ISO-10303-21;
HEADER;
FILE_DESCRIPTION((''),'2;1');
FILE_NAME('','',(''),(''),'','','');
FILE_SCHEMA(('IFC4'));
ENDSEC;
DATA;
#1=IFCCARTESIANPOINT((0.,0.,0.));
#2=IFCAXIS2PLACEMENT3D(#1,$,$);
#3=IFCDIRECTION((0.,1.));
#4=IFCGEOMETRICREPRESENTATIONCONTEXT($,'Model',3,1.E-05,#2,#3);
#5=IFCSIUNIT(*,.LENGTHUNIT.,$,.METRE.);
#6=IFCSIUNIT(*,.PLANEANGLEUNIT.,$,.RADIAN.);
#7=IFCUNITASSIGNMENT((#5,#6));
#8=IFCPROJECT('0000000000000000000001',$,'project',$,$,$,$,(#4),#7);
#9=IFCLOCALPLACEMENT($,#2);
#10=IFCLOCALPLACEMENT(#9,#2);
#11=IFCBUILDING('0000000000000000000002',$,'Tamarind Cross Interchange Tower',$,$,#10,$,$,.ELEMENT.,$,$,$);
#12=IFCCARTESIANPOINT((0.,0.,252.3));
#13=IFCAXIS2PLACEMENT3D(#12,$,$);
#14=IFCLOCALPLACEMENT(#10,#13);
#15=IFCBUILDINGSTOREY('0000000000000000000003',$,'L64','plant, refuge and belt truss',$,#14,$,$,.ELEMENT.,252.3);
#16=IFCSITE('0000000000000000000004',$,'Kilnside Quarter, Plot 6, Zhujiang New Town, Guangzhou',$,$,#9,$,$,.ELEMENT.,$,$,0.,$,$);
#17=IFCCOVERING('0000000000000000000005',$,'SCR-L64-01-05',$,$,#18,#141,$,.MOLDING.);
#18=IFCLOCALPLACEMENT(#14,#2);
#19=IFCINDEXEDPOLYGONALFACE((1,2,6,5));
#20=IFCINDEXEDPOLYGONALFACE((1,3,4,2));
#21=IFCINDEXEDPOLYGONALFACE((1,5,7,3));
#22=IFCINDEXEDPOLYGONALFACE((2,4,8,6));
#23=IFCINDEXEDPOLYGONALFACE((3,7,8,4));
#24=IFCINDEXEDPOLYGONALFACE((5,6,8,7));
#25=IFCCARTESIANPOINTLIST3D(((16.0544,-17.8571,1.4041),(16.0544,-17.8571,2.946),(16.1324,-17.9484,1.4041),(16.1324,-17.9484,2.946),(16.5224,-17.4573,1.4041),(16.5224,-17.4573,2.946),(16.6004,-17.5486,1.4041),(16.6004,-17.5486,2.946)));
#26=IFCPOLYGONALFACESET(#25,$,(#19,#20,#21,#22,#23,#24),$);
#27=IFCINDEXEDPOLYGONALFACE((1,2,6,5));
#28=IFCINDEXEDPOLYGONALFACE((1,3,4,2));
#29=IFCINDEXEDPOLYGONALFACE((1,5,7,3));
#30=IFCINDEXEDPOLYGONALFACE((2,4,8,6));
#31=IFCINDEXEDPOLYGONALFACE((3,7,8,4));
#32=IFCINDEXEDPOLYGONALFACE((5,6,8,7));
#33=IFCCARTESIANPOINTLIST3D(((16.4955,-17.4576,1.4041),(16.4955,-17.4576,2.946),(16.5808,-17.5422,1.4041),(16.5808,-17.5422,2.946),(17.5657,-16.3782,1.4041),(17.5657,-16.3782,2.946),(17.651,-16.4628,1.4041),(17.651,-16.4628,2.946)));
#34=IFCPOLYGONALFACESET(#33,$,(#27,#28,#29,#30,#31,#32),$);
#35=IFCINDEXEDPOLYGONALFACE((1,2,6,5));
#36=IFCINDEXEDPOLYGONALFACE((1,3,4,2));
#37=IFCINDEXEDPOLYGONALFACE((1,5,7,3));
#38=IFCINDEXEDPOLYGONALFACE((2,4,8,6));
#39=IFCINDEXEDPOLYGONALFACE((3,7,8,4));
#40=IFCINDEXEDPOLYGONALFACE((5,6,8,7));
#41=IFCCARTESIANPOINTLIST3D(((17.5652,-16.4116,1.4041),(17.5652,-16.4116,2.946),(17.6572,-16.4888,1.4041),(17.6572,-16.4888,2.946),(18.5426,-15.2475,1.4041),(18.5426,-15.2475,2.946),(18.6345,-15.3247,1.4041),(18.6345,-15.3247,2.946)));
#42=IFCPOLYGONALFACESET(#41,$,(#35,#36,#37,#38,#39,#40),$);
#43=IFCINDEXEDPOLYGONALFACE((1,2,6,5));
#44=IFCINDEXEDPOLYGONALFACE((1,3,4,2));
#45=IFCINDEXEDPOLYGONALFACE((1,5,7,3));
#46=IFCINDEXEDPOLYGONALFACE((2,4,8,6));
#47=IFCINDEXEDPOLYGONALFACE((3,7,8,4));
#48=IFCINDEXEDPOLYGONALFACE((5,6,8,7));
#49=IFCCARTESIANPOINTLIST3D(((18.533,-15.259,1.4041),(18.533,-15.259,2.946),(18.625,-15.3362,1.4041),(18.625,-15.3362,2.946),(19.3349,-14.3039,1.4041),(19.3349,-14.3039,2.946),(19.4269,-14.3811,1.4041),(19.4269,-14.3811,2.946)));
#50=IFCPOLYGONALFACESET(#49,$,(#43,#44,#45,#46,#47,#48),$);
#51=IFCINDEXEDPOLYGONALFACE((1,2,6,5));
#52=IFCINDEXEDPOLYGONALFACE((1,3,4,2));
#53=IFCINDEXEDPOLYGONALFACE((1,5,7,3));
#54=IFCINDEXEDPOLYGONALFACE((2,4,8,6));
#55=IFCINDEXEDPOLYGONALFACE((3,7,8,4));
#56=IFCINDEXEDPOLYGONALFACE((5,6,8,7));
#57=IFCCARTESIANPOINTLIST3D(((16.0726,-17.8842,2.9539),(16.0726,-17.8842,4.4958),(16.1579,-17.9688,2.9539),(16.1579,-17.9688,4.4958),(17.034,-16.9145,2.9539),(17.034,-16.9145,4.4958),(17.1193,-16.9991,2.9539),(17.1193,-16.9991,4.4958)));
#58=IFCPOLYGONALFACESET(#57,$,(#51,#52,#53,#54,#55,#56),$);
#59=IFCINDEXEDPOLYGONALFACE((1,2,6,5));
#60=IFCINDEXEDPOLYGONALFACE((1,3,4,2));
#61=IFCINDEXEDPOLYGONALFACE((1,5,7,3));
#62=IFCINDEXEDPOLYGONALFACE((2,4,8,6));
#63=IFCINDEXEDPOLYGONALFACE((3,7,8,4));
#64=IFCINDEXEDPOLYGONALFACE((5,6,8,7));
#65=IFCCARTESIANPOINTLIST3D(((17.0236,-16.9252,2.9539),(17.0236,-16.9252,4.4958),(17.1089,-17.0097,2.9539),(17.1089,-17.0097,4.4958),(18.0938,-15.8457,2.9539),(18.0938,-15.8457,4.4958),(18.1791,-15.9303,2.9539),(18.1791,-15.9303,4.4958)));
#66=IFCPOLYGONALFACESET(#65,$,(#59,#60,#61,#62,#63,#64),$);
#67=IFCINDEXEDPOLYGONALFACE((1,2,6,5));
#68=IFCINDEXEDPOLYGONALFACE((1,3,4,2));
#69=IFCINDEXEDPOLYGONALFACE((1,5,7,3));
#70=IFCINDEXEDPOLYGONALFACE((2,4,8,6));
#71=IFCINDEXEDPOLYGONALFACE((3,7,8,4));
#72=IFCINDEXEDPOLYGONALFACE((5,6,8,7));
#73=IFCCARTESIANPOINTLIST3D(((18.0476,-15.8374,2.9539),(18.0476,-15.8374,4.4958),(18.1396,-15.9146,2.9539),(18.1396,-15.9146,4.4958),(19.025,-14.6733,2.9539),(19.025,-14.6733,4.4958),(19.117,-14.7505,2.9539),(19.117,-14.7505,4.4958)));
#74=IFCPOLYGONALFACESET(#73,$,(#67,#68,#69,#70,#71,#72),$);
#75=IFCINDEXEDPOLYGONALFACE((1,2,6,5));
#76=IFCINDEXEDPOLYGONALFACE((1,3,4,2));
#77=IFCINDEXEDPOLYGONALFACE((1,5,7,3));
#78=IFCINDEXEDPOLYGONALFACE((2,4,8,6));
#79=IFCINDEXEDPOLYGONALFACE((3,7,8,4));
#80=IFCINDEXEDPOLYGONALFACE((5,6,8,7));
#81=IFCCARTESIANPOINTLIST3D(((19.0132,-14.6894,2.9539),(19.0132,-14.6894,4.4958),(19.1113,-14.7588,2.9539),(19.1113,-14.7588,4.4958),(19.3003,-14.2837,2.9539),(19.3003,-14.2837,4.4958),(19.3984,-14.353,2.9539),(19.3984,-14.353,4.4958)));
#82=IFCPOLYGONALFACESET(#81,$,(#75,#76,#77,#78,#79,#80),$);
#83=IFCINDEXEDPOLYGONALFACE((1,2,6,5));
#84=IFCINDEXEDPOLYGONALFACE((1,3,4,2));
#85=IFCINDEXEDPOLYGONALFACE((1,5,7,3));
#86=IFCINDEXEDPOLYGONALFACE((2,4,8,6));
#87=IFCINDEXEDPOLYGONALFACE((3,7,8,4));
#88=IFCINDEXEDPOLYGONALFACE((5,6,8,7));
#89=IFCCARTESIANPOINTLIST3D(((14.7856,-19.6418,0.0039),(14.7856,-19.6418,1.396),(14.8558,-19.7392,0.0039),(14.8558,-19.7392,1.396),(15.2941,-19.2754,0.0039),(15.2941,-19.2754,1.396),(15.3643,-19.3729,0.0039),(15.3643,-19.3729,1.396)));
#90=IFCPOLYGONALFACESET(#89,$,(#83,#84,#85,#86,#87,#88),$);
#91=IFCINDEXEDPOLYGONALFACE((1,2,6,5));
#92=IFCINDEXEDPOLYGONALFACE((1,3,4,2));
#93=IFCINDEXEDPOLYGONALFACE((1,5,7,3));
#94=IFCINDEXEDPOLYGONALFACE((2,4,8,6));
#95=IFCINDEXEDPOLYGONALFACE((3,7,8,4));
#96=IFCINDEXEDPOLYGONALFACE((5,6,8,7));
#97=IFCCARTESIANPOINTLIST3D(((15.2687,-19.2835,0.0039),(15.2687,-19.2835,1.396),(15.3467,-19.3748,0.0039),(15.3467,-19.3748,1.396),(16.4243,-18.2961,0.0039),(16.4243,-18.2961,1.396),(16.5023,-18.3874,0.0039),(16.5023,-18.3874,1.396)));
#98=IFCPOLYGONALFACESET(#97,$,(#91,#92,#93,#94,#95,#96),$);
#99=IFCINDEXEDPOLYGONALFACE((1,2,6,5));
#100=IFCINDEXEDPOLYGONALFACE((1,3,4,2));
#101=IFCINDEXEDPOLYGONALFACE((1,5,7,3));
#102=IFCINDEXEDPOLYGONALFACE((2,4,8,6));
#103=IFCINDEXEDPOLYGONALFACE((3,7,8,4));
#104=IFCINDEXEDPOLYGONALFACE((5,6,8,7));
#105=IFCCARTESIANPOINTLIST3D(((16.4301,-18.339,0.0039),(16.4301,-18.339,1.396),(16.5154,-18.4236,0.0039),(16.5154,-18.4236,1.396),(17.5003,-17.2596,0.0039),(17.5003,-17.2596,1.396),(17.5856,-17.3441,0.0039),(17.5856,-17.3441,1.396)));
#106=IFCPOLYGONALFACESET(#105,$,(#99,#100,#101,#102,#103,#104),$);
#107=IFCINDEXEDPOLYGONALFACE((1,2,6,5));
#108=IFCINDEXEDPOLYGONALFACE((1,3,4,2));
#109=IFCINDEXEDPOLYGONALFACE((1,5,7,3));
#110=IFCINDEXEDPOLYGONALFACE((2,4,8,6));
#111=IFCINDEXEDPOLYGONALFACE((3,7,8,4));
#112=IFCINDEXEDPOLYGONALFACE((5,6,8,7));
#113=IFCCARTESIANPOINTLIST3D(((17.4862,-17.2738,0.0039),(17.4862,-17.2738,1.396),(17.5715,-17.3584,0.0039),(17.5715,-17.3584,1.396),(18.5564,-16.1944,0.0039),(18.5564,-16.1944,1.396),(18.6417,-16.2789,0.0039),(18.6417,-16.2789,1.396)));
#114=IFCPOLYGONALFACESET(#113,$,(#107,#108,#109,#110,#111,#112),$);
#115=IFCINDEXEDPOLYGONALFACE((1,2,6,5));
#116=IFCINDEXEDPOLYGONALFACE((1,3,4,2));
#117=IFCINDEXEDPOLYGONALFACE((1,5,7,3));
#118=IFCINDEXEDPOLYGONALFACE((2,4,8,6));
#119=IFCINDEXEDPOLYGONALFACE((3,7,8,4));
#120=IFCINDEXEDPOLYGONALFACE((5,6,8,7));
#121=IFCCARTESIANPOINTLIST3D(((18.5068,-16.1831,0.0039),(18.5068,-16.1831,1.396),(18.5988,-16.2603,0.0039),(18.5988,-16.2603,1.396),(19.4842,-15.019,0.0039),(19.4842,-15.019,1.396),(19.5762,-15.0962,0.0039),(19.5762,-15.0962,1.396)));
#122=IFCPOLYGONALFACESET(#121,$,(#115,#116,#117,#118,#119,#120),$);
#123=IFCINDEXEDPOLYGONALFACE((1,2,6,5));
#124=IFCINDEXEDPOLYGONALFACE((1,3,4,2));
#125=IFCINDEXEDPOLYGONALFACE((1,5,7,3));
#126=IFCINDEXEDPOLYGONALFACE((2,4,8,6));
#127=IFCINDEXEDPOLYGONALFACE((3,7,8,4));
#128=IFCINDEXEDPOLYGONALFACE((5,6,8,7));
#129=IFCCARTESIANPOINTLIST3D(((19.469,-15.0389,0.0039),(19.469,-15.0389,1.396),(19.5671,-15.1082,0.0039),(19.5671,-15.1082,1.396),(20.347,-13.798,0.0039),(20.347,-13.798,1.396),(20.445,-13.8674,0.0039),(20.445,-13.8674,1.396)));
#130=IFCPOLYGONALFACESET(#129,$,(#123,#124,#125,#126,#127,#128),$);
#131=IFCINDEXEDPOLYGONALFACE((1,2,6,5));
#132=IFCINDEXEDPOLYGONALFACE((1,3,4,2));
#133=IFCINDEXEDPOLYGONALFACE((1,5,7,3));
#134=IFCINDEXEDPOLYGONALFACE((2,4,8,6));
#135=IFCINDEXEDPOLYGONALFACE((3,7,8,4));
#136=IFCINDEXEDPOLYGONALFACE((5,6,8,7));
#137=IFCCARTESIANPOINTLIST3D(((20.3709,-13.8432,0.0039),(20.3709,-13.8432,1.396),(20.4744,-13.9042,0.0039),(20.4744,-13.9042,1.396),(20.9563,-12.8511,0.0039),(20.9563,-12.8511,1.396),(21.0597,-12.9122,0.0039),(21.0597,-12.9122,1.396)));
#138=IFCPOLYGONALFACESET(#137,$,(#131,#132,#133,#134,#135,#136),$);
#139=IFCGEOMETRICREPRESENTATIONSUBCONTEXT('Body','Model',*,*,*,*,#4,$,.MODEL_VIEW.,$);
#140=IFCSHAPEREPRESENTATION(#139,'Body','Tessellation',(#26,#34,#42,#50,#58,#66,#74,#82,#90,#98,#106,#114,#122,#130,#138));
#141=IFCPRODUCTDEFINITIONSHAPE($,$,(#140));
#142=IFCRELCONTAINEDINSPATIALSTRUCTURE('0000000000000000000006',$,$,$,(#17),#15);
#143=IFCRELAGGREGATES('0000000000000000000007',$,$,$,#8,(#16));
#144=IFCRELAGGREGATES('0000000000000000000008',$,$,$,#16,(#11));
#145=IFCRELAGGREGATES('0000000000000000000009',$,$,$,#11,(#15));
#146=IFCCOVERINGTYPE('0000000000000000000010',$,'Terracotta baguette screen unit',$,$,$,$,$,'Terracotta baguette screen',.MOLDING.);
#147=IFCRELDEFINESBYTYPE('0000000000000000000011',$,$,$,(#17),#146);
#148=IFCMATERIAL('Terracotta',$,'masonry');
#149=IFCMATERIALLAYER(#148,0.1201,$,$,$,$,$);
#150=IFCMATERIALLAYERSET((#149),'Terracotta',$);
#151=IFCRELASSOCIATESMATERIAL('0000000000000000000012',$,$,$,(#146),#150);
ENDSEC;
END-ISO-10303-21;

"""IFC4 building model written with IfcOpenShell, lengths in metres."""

from ifc_helpers import new_model, si_unit, direction, frame, origin, origin_2d, place, context, subcontext, project, spatial, rectangle, extrude, material, layer, layer_set, type_object, element, save


model = new_model("IFC4")

# Units and contexts
model_context = context("Model", 3, precision=1e-05, world=origin(), true_north=direction((0.0, 1.0)))
body_context = subcontext(model_context, "Body", "Model", "MODEL_VIEW")
ifc_project = project(units=[si_unit("LENGTHUNIT", "METRE"), si_unit("PLANEANGLEUNIT", "RADIAN")], contexts=[model_context])

# Site, building, storey
site_placement = place(None, origin())
site = spatial("IfcSite", under=ifc_project, at=site_placement, Name="Kilnside Quarter, Plot 6, Zhujiang New Town, Guangzhou", CompositionType="ELEMENT", RefElevation=0.0)
building_placement = place(site_placement, origin())
building = spatial("IfcBuilding", under=site, at=building_placement, Name="Tamarind Cross Interchange Tower", CompositionType="ELEMENT")
storey_placement = place(building_placement, frame((0.0, 0.0, 252.3)))
storey = spatial("IfcBuildingStorey", under=building, at=storey_placement, Name="L64", Description="plant, refuge and belt truss", CompositionType="ELEMENT", Elevation=252.3)

# Covering
ifc_material_1 = material(Name="Terracotta", Category="masonry")
ifc_layer_1 = layer(ifc_material_1, 0.1201)
ifc_layer_set_1 = layer_set([ifc_layer_1], Name="Terracotta")
covering_type = type_object("IfcCoveringType", Name="Terracotta baguette screen unit", ElementType="Terracotta baguette screen", PredefinedType="MOLDING", material=ifc_layer_set_1)
covering_1_placement = place(storey_placement, origin())
element("IfcCovering", 1, at=covering_1_placement, inside=storey, type_object=covering_type, Name="SCR-L64-01-05", PredefinedType="MOLDING", context=body_context, shape_type="SweptSolid", body=[
    extrude(rectangle(XDim=0.6155, YDim=0.1201, at=origin_2d()), frame((16.3274, -17.7029, 1.4041), z_axis=(0.0, 0.0, 1.0), x_axis=(0.760296, 0.649577, 0.0)), (0.0, 0.0, 1.0), 1.542),
    extrude(rectangle(XDim=1.52, YDim=0.1201, at=origin_2d()), frame((17.0732, -16.9602, 1.4041), z_axis=(0.0, 0.0, 1.0), x_axis=(0.704057, 0.710143, 0.0)), (0.0, 0.0, 1.0), 1.542),
    extrude(rectangle(XDim=1.52, YDim=0.1201, at=origin_2d()), frame((18.0999, -15.8682, 1.4041), z_axis=(0.0, 0.0, 1.0), x_axis=(0.643009, 0.765858, 0.0)), (0.0, 0.0, 1.0), 1.542),
    extrude(rectangle(XDim=1.2471, YDim=0.1201, at=origin_2d()), frame((18.98, -14.8201, 1.4041), z_axis=(0.0, 0.0, 1.0), x_axis=(0.643009, 0.765858, 0.0)), (0.0, 0.0, 1.0), 1.542),
    extrude(rectangle(XDim=1.3655, YDim=0.1201, at=origin_2d()), frame((16.5959, -17.4417, 2.9539), z_axis=(0.0, 0.0, 1.0), x_axis=(0.704057, 0.710143, 0.0)), (0.0, 0.0, 1.0), 1.542),
    extrude(rectangle(XDim=1.52, YDim=0.1201, at=origin_2d()), frame((17.6013, -16.4277, 2.9539), z_axis=(0.0, 0.0, 1.0), x_axis=(0.704057, 0.710143, 0.0)), (0.0, 0.0, 1.0), 1.542),
    extrude(rectangle(XDim=1.52, YDim=0.1201, at=origin_2d()), frame((18.5823, -15.2939, 2.9539), z_axis=(0.0, 0.0, 1.0), x_axis=(0.643009, 0.765858, 0.0)), (0.0, 0.0, 1.0), 1.542),
    extrude(rectangle(XDim=0.4971, YDim=0.1201, at=origin_2d()), frame((19.2058, -14.5212, 2.9539), z_axis=(0.0, 0.0, 1.0), x_axis=(0.577569, 0.816342, 0.0)), (0.0, 0.0, 1.0), 1.542),
    extrude(rectangle(XDim=0.6267, YDim=0.1201, at=origin_2d()), frame((15.075, -19.5073, 0.0039), z_axis=(0.0, 0.0, 1.0), x_axis=(0.81134, 0.584574, 0.0)), (0.0, 0.0, 1.0), 1.3921),
    extrude(rectangle(XDim=1.52, YDim=0.1201, at=origin_2d()), frame((15.8855, -18.8354, 0.0039), z_axis=(0.0, 0.0, 1.0), x_axis=(0.760296, 0.649577, 0.0)), (0.0, 0.0, 1.0), 1.3921),
    extrude(rectangle(XDim=1.52, YDim=0.1201, at=origin_2d()), frame((17.0078, -17.8416, 0.0039), z_axis=(0.0, 0.0, 1.0), x_axis=(0.704057, 0.710143, 0.0)), (0.0, 0.0, 1.0), 1.3921),
    extrude(rectangle(XDim=1.52, YDim=0.1201, at=origin_2d()), frame((18.064, -16.7764, 0.0039), z_axis=(0.0, 0.0, 1.0), x_axis=(0.704057, 0.710143, 0.0)), (0.0, 0.0, 1.0), 1.3921),
    extrude(rectangle(XDim=1.52, YDim=0.1201, at=origin_2d()), frame((19.0415, -15.6396, 0.0039), z_axis=(0.0, 0.0, 1.0), x_axis=(0.643009, 0.765858, 0.0)), (0.0, 0.0, 1.0), 1.3921),
    extrude(rectangle(XDim=1.52, YDim=0.1201, at=origin_2d()), frame((19.957, -14.4531, 0.0039), z_axis=(0.0, 0.0, 1.0), x_axis=(0.577569, 0.816342, 0.0)), (0.0, 0.0, 1.0), 1.3921),
    extrude(rectangle(XDim=1.1519, YDim=0.1201, at=origin_2d()), frame((20.7153, -13.3777, 0.0039), z_axis=(0.0, 0.0, 1.0), x_axis=(0.508183, 0.861249, 0.0)), (0.0, 0.0, 1.0), 1.3921),
])

save(model, "model.ifc")
